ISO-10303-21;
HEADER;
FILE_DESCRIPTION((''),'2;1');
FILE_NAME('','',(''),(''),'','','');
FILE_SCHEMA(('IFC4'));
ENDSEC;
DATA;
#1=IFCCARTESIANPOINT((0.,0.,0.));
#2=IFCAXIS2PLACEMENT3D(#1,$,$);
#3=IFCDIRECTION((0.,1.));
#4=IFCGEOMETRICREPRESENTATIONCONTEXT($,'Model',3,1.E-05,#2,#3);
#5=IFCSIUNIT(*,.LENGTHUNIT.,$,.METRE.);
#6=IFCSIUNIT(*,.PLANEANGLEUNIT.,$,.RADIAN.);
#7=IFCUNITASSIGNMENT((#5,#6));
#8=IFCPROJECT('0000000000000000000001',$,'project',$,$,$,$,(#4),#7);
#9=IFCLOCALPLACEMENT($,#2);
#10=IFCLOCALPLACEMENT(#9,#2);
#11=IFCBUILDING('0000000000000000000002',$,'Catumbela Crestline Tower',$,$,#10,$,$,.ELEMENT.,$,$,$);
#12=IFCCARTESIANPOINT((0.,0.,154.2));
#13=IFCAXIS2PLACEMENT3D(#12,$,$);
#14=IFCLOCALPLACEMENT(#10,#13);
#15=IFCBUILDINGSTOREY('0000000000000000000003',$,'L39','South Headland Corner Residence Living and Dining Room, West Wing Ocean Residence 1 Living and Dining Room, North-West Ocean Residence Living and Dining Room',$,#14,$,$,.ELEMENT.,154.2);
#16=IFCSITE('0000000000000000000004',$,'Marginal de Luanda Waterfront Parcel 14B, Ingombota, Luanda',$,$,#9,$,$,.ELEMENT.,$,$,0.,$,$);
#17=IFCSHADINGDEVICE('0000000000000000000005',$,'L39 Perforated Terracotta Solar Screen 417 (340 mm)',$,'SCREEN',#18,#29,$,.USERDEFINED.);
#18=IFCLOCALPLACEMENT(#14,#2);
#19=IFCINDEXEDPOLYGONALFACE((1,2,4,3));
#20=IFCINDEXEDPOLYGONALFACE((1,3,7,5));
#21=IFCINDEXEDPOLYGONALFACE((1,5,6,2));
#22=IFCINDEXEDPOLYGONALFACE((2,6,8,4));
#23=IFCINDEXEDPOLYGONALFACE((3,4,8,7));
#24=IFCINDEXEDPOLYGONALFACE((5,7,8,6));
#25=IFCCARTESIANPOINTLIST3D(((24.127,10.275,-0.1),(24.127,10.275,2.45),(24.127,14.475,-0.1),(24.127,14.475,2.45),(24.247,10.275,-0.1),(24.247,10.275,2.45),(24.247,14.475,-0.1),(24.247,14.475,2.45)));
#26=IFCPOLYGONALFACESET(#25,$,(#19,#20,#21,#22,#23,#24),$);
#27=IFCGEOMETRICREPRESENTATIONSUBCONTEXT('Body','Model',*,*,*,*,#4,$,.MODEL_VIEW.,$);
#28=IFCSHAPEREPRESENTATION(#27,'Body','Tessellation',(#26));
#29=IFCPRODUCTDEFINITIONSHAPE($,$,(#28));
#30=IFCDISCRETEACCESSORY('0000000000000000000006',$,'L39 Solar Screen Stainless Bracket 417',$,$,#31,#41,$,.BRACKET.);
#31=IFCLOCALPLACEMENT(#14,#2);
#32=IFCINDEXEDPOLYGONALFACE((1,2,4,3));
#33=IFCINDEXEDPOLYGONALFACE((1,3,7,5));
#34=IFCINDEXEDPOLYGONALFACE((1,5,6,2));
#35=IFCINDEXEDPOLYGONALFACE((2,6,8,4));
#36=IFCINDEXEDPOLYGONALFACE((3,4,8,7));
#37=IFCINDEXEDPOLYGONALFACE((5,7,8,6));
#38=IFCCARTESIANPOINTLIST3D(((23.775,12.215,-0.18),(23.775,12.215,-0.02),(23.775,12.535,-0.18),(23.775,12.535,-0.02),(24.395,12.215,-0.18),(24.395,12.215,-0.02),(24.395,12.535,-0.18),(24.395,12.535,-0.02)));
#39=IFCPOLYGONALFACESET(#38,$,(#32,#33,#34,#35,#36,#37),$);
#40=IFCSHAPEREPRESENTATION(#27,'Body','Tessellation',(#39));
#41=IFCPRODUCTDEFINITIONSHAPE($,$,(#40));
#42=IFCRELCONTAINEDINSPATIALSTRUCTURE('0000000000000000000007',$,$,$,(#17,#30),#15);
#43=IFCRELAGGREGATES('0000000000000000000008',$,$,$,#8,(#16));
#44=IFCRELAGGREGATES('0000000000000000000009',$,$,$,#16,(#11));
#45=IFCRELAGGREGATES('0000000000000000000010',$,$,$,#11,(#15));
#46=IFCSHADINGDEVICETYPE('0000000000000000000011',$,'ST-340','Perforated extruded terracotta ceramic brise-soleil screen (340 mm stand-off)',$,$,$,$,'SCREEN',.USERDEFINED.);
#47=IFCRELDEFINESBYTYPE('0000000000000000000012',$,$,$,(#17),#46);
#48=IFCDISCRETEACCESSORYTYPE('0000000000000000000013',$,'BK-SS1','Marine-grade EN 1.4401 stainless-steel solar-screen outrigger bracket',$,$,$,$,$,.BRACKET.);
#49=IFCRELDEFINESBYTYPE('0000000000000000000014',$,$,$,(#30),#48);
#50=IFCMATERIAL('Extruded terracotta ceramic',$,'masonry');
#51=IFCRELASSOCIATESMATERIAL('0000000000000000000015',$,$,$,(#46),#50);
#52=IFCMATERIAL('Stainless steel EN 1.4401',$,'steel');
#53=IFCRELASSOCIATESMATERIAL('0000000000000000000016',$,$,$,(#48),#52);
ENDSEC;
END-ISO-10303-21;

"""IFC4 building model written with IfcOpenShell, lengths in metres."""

from ifc_helpers import new_model, si_unit, direction, frame, origin, origin_2d, place, context, subcontext, project, spatial, rectangle, extrude, material, type_object, element, save


model = new_model("IFC4")

# Units and contexts
model_context = context("Model", 3, precision=1e-05, world=origin(), true_north=direction((0.0, 1.0)))
body_context = subcontext(model_context, "Body", "Model", "MODEL_VIEW")
ifc_project = project(units=[si_unit("LENGTHUNIT", "METRE"), si_unit("PLANEANGLEUNIT", "RADIAN")], contexts=[model_context])

# Site, building, storey
site_placement = place(None, origin())
site = spatial("IfcSite", under=ifc_project, at=site_placement, Name="Marginal de Luanda Waterfront Parcel 14B, Ingombota, Luanda", CompositionType="ELEMENT", RefElevation=0.0)
building_placement = place(site_placement, origin())
building = spatial("IfcBuilding", under=site, at=building_placement, Name="Catumbela Crestline Tower", CompositionType="ELEMENT")
storey_placement = place(building_placement, frame((0.0, 0.0, 154.2)))
storey = spatial("IfcBuildingStorey", under=building, at=storey_placement, Name="L39", Description="South Headland Corner Residence Living and Dining Room, West Wing Ocean Residence 1 Living and Dining Room, North-West Ocean Residence Living and Dining Room", CompositionType="ELEMENT", Elevation=154.2)

# Shading device
ifc_material_1 = material(Name="Extruded terracotta ceramic", Category="masonry")
shading_device_type = type_object("IfcShadingDeviceType", Name="ST-340", Description="Perforated extruded terracotta ceramic brise-soleil screen (340 mm stand-off)", ElementType="SCREEN", PredefinedType="USERDEFINED", material=ifc_material_1)
shading_device_placement = place(storey_placement, frame((24.187, 12.375, -0.1), z_axis=(0.0, 0.0, 1.0), x_axis=(0.0, 1.0, 0.0)))
element("IfcShadingDevice", 1, at=shading_device_placement, inside=storey, type_object=shading_device_type, Name="L39 Perforated Terracotta Solar Screen 417 (340 mm)", ObjectType="SCREEN", PredefinedType="USERDEFINED", context=body_context, shape_type="SweptSolid", body=[
    extrude(rectangle(XDim=4.2, YDim=0.12, at=origin_2d()), origin(), (0.0, 0.0, 1.0), 2.55),
])

# Discrete accessory
ifc_material_2 = material(Name="Stainless steel EN 1.4401", Category="steel")
discrete_accessory_type = type_object("IfcDiscreteAccessoryType", Name="BK-SS1", Description="Marine-grade EN 1.4401 stainless-steel solar-screen outrigger bracket", PredefinedType="BRACKET", material=ifc_material_2)
discrete_accessory_placement = place(storey_placement, frame((24.085, 12.375, -0.18), z_axis=(0.0, 0.0, 1.0), x_axis=(0.0, 1.0, 0.0)))
element("IfcDiscreteAccessory", 2, at=discrete_accessory_placement, inside=storey, type_object=discrete_accessory_type, Name="L39 Solar Screen Stainless Bracket 417", PredefinedType="BRACKET", context=body_context, shape_type="SweptSolid", body=[
    extrude(rectangle(XDim=0.32, YDim=0.62, at=origin_2d()), origin(), (0.0, 0.0, 1.0), 0.16),
])

save(model, "model.ifc")
